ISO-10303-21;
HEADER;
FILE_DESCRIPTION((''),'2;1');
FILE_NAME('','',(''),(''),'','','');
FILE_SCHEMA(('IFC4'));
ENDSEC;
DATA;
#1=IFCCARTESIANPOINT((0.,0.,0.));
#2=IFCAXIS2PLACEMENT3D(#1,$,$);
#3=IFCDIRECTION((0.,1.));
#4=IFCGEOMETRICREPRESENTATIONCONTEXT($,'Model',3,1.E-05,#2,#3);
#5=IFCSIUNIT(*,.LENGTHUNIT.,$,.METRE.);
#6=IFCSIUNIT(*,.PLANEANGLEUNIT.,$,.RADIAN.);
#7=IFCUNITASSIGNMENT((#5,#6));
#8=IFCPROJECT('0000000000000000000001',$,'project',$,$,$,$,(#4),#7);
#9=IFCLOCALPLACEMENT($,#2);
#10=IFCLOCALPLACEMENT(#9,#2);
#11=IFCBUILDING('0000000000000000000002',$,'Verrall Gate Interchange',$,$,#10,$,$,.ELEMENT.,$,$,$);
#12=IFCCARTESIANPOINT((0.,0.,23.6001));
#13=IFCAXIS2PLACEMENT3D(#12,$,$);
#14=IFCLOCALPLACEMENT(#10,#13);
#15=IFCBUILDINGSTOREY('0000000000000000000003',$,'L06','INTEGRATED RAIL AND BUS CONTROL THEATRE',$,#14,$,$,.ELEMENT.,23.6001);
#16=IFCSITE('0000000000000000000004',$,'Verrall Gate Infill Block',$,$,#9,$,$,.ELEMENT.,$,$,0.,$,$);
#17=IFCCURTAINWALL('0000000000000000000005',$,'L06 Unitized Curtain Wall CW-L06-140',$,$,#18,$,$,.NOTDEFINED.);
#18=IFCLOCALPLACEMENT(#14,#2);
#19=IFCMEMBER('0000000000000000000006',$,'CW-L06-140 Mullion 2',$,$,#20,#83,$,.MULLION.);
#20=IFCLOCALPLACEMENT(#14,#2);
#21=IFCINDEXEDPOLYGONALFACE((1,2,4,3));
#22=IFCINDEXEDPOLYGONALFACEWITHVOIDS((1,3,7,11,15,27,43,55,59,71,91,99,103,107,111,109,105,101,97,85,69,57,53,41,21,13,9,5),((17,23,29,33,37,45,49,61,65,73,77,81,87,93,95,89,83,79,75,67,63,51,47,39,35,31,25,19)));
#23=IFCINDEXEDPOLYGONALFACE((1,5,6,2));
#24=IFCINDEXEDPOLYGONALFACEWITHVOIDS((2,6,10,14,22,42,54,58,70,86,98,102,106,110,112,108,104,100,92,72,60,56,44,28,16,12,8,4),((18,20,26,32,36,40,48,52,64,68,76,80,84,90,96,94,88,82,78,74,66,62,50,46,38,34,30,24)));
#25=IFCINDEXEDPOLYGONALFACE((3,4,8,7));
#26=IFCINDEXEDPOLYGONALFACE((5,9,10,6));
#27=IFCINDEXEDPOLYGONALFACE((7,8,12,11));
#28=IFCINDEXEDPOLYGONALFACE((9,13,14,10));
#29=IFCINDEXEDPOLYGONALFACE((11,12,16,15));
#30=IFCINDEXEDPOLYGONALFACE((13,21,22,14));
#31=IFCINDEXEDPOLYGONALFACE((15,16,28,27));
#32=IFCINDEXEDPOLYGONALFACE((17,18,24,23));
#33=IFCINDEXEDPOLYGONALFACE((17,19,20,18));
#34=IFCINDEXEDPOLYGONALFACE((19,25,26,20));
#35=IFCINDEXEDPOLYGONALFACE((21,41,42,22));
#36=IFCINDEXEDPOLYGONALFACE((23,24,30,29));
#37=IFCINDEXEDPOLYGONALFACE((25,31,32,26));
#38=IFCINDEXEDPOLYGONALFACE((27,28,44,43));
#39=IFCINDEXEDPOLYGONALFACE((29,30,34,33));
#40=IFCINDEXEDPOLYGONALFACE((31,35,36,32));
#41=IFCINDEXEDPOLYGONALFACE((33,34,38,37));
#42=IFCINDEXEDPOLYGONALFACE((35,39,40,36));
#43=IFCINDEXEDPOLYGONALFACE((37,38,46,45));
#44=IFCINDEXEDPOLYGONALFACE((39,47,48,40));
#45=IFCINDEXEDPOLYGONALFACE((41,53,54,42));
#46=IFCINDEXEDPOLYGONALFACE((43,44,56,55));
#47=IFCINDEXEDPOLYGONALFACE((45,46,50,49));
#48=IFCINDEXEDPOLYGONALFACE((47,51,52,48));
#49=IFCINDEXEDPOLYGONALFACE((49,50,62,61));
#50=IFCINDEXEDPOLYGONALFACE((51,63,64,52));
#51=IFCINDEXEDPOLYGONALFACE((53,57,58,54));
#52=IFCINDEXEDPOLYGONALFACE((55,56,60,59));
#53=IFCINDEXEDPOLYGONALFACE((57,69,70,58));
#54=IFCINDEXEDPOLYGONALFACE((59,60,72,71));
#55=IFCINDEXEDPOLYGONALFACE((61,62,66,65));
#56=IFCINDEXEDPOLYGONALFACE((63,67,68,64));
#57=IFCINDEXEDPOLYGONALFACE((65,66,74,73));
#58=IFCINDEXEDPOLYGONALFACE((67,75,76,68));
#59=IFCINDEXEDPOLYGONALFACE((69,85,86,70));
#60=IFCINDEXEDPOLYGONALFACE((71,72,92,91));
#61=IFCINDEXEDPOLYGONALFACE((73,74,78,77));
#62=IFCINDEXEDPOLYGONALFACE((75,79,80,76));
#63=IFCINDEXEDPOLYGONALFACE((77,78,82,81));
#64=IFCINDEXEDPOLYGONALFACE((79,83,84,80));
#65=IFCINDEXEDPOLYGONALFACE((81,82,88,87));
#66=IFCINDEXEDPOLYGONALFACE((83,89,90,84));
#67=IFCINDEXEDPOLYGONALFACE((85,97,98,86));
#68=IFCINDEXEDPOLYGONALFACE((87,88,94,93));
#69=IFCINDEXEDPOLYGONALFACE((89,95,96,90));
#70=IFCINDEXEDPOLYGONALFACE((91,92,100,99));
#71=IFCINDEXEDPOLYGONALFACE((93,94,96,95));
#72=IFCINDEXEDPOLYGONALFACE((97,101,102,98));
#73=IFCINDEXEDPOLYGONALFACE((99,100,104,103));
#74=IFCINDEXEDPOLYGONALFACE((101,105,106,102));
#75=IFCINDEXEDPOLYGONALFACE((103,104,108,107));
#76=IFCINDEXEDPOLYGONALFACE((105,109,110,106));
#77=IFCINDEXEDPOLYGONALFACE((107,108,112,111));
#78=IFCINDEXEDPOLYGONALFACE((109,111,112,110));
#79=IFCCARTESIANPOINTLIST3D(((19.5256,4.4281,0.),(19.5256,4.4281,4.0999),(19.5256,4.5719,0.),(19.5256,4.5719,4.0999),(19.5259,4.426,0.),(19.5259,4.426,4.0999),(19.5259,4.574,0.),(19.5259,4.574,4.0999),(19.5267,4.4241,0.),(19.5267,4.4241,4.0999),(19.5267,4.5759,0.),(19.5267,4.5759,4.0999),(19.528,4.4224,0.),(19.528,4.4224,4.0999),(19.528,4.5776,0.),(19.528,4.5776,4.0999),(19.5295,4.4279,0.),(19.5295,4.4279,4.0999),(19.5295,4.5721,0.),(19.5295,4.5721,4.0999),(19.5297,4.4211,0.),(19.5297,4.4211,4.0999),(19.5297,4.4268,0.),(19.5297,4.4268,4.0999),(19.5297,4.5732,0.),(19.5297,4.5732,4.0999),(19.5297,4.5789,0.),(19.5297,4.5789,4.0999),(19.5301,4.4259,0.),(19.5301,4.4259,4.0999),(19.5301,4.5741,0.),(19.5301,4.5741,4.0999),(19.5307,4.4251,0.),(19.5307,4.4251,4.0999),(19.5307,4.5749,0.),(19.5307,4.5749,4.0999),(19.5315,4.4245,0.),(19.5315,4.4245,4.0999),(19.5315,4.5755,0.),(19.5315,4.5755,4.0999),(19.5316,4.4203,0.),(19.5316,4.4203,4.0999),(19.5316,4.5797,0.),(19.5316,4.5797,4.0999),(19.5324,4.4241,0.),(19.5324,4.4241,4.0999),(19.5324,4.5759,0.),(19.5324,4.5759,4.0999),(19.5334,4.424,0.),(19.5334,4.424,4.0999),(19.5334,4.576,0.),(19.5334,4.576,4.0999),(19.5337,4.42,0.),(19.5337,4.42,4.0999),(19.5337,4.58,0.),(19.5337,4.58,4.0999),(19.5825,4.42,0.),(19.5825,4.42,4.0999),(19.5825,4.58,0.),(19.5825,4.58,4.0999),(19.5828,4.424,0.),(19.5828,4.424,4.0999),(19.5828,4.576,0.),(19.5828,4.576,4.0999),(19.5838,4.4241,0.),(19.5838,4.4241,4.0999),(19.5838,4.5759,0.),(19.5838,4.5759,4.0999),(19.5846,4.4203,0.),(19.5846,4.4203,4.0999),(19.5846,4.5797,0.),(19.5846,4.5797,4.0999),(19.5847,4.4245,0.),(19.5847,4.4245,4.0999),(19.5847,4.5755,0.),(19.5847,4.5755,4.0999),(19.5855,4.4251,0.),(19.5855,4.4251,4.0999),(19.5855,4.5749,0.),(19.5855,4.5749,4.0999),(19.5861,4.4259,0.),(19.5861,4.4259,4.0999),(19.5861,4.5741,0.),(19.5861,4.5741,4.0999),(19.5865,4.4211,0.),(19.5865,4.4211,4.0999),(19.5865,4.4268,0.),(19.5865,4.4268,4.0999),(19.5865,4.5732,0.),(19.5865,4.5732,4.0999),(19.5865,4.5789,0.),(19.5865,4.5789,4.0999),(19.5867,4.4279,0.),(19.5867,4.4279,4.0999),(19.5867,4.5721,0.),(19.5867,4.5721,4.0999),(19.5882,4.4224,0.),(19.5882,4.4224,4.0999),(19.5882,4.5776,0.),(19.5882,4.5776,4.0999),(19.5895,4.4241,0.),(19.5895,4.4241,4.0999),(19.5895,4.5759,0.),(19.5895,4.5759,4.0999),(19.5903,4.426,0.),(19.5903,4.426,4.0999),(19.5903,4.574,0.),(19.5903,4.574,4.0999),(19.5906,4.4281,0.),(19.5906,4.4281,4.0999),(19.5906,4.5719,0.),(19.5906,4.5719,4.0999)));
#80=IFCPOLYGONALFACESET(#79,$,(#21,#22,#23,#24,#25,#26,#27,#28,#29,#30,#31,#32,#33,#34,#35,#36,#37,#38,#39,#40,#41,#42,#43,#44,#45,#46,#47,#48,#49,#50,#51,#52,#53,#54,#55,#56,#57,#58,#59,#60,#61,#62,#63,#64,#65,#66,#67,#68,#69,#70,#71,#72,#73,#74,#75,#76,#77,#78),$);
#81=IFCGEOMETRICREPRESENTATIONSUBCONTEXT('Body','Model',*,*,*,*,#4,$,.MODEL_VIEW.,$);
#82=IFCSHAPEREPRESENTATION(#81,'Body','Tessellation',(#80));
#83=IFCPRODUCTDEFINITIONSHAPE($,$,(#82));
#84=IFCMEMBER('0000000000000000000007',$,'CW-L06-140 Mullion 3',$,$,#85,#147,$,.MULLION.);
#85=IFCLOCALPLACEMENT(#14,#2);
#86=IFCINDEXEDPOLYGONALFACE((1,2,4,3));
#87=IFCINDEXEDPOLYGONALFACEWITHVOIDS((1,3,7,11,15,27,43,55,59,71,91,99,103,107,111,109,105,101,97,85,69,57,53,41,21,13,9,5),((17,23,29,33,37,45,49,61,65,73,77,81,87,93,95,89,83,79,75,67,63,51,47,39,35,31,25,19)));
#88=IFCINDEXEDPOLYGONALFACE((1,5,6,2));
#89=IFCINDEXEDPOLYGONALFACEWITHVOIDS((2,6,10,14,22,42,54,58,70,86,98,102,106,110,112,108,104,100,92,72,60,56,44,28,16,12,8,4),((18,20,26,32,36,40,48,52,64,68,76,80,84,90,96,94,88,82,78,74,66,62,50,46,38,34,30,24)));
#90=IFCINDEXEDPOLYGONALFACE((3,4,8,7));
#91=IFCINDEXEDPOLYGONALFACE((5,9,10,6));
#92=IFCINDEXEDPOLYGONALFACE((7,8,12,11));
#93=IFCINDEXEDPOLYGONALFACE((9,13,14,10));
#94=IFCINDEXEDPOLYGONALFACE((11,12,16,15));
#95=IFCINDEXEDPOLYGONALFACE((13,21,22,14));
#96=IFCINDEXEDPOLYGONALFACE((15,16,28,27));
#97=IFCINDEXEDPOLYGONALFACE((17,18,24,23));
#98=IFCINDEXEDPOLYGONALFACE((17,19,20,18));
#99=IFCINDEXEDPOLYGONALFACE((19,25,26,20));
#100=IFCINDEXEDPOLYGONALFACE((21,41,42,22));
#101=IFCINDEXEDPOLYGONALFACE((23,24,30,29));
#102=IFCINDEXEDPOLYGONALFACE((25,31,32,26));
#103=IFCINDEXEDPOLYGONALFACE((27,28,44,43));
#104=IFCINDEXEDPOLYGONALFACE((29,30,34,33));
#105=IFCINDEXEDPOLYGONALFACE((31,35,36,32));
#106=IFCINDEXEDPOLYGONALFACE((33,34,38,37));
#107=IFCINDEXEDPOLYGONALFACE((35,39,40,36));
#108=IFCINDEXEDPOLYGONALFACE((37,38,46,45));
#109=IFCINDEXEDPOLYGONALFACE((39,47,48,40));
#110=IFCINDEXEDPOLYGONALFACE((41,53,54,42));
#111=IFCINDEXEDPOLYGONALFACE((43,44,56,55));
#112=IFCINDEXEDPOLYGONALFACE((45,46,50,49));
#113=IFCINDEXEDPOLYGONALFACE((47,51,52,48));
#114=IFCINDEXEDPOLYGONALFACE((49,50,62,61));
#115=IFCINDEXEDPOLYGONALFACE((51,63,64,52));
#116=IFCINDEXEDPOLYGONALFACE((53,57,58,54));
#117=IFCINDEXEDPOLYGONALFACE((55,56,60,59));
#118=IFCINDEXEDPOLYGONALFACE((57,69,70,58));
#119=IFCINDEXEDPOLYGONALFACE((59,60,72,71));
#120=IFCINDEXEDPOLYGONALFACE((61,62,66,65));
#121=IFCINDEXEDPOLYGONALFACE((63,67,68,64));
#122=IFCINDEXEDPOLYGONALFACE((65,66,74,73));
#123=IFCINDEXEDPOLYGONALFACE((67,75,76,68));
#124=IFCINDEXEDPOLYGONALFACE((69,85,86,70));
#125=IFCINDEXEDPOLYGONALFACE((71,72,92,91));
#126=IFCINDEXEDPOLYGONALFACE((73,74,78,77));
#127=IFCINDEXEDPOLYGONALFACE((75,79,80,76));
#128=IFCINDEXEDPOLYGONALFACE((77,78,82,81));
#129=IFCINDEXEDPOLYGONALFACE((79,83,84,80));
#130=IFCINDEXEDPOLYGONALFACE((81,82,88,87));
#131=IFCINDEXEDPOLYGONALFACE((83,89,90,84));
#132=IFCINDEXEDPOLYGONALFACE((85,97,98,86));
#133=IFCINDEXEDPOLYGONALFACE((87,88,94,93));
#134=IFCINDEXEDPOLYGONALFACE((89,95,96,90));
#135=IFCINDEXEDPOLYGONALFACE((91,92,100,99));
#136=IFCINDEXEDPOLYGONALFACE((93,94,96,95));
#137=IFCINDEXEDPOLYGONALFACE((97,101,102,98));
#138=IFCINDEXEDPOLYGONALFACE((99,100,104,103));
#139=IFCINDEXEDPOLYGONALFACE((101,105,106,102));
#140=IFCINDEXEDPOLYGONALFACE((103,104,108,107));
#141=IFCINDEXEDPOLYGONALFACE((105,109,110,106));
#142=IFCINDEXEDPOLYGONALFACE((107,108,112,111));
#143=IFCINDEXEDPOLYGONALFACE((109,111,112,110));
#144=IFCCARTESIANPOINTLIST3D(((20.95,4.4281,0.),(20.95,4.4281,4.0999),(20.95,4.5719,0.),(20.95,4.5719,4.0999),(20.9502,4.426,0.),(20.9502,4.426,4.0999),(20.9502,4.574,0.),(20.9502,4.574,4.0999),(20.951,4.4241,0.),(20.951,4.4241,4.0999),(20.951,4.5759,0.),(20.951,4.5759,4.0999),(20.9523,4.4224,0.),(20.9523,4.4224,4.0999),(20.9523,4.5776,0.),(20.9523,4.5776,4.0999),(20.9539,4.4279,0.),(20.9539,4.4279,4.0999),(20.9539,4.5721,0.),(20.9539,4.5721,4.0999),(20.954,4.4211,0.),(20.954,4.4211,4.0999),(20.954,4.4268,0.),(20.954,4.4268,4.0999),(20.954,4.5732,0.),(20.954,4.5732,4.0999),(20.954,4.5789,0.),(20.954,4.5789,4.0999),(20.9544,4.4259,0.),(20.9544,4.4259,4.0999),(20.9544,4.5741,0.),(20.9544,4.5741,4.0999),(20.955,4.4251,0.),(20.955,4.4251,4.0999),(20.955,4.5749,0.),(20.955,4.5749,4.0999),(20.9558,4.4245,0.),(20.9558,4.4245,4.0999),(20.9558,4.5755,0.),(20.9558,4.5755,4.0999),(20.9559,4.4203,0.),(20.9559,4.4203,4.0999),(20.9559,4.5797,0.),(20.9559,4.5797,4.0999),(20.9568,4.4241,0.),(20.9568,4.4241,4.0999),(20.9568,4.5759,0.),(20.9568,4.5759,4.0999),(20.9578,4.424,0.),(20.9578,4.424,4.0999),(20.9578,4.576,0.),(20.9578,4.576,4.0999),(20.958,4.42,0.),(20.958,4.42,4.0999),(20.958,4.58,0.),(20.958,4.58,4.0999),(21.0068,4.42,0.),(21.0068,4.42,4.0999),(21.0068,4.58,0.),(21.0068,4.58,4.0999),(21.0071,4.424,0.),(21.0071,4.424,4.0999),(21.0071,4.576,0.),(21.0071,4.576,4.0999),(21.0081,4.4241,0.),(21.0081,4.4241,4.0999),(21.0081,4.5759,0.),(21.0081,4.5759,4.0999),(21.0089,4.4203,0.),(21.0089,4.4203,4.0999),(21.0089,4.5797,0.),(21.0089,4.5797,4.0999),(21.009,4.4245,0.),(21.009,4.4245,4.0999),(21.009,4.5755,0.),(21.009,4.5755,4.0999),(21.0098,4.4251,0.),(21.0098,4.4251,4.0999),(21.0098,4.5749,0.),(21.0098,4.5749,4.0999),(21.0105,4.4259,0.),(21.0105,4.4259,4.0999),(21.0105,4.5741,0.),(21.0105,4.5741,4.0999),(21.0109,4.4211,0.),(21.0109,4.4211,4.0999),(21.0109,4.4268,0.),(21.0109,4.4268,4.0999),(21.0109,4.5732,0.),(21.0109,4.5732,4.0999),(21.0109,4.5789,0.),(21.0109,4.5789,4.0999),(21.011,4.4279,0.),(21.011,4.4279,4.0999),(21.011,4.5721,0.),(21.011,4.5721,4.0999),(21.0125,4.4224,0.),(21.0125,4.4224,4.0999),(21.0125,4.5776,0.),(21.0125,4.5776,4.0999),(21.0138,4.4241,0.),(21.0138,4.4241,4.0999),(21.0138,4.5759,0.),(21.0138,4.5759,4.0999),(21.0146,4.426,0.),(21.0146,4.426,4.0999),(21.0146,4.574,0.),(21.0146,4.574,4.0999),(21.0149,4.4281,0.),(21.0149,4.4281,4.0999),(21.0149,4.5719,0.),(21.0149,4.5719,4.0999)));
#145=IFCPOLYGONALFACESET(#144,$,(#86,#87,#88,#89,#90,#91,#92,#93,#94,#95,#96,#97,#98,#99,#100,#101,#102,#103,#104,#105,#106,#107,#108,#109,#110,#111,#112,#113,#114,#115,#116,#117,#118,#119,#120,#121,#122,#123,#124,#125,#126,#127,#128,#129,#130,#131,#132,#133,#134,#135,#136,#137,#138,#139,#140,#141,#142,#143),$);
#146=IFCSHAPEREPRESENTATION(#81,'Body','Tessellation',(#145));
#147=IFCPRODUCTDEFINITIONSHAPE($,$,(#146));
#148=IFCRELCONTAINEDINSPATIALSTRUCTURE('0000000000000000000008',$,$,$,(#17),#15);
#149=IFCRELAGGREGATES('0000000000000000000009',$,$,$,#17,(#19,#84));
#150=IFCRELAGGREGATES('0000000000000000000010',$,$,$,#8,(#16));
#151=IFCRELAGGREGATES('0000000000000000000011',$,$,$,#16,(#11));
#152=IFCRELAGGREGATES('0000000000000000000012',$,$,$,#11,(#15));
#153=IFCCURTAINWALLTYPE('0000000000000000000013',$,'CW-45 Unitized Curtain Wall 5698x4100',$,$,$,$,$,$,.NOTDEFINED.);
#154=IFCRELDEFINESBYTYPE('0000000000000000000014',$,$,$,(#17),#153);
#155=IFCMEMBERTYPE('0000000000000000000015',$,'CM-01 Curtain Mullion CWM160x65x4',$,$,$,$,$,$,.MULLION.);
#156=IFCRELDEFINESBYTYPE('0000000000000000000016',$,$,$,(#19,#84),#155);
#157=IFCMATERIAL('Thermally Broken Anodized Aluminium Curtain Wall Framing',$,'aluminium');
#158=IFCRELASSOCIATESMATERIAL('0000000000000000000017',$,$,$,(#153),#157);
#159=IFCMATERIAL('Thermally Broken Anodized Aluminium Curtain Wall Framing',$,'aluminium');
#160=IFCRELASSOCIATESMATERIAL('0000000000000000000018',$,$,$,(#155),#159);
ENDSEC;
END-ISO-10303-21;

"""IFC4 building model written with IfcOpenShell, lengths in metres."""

from ifc_helpers import new_model, si_unit, direction, frame, origin, origin_2d, place, context, subcontext, project, spatial, hollow_rectangle, extrude, material, material_profile, profile_set, type_object, element, aggregate, save


model = new_model("IFC4")

# Units and contexts
model_context = context("Model", 3, precision=1e-05, world=origin(), true_north=direction((0.0, 1.0)))
body_context = subcontext(model_context, "Body", "Model", "MODEL_VIEW")
ifc_project = project(units=[si_unit("LENGTHUNIT", "METRE"), si_unit("PLANEANGLEUNIT", "RADIAN")], contexts=[model_context])

# Site, building, storey
site_placement = place(None, origin())
site = spatial("IfcSite", under=ifc_project, at=site_placement, Name="Verrall Gate Infill Block", CompositionType="ELEMENT", RefElevation=0.0)
building_placement = place(site_placement, origin())
building = spatial("IfcBuilding", under=site, at=building_placement, Name="Verrall Gate Interchange", CompositionType="ELEMENT")
storey_placement = place(building_placement, frame((0.0, 0.0, 23.6001)))
storey = spatial("IfcBuildingStorey", under=building, at=storey_placement, Name="L06", Description="INTEGRATED RAIL AND BUS CONTROL THEATRE", CompositionType="ELEMENT", Elevation=23.6001)

# Curtain wall, members
ifc_material_1 = material(Name="Thermally Broken Anodized Aluminium Curtain Wall Framing", Category="aluminium")
curtain_wall_type = type_object("IfcCurtainWallType", Name="CW-45 Unitized Curtain Wall 5698x4100", PredefinedType="NOTDEFINED", material=ifc_material_1)
curtain_wall_1_placement = place(storey_placement, origin())
curtain_wall_1 = element("IfcCurtainWall", 1, at=curtain_wall_1_placement, inside=storey, type_object=curtain_wall_type, Name="L06 Unitized Curtain Wall CW-L06-140", PredefinedType="NOTDEFINED")
ifc_material_2 = material(Name="Thermally Broken Anodized Aluminium Curtain Wall Framing", Category="aluminium")
ifc_material_profile_1 = material_profile(ifc_material_2, hollow_rectangle(XDim=0.0649, YDim=0.1599, WallThickness=0.0039, InnerFilletRadius=0.0039, OuterFilletRadius=0.0081, at=origin_2d()), Name="CWM160x65x4")
ifc_profile_set_1 = profile_set([ifc_material_profile_1], Name="Thermally Broken Anodized Aluminium Curtain Wall Framing")
member_type_1 = type_object("IfcMemberType", Name="CM-01 Curtain Mullion CWM160x65x4", PredefinedType="MULLION", material=ifc_profile_set_1)
member_1_placement = place(storey_placement, frame((19.5581, 4.5, 0.0), z_axis=(0.0, 0.0, 1.0), x_axis=(1.0, 0.0, 0.0)))
member_1 = element("IfcMember", 2, at=member_1_placement, type_object=member_type_1, Name="CW-L06-140 Mullion 2", PredefinedType="MULLION", context=body_context, shape_type="SweptSolid", body=[
    extrude(hollow_rectangle(XDim=0.0649, YDim=0.1599, WallThickness=0.0039, InnerFilletRadius=0.0039, OuterFilletRadius=0.0081, at=origin_2d()), origin(), (0.0, 0.0, 1.0), 4.0999),
])
member_2_placement = place(storey_placement, frame((20.9824, 4.5, 0.0), z_axis=(0.0, 0.0, 1.0), x_axis=(1.0, 0.0, 0.0)))
member_2 = element("IfcMember", 3, at=member_2_placement, type_object=member_type_1, Name="CW-L06-140 Mullion 3", PredefinedType="MULLION", context=body_context, shape_type="SweptSolid", body=[
    extrude(hollow_rectangle(XDim=0.0649, YDim=0.1599, WallThickness=0.0039, InnerFilletRadius=0.0039, OuterFilletRadius=0.0081, at=origin_2d()), origin(), (0.0, 0.0, 1.0), 4.0999),
])

aggregate(curtain_wall_1, [member_1, member_2])

save(model, "model.ifc")
